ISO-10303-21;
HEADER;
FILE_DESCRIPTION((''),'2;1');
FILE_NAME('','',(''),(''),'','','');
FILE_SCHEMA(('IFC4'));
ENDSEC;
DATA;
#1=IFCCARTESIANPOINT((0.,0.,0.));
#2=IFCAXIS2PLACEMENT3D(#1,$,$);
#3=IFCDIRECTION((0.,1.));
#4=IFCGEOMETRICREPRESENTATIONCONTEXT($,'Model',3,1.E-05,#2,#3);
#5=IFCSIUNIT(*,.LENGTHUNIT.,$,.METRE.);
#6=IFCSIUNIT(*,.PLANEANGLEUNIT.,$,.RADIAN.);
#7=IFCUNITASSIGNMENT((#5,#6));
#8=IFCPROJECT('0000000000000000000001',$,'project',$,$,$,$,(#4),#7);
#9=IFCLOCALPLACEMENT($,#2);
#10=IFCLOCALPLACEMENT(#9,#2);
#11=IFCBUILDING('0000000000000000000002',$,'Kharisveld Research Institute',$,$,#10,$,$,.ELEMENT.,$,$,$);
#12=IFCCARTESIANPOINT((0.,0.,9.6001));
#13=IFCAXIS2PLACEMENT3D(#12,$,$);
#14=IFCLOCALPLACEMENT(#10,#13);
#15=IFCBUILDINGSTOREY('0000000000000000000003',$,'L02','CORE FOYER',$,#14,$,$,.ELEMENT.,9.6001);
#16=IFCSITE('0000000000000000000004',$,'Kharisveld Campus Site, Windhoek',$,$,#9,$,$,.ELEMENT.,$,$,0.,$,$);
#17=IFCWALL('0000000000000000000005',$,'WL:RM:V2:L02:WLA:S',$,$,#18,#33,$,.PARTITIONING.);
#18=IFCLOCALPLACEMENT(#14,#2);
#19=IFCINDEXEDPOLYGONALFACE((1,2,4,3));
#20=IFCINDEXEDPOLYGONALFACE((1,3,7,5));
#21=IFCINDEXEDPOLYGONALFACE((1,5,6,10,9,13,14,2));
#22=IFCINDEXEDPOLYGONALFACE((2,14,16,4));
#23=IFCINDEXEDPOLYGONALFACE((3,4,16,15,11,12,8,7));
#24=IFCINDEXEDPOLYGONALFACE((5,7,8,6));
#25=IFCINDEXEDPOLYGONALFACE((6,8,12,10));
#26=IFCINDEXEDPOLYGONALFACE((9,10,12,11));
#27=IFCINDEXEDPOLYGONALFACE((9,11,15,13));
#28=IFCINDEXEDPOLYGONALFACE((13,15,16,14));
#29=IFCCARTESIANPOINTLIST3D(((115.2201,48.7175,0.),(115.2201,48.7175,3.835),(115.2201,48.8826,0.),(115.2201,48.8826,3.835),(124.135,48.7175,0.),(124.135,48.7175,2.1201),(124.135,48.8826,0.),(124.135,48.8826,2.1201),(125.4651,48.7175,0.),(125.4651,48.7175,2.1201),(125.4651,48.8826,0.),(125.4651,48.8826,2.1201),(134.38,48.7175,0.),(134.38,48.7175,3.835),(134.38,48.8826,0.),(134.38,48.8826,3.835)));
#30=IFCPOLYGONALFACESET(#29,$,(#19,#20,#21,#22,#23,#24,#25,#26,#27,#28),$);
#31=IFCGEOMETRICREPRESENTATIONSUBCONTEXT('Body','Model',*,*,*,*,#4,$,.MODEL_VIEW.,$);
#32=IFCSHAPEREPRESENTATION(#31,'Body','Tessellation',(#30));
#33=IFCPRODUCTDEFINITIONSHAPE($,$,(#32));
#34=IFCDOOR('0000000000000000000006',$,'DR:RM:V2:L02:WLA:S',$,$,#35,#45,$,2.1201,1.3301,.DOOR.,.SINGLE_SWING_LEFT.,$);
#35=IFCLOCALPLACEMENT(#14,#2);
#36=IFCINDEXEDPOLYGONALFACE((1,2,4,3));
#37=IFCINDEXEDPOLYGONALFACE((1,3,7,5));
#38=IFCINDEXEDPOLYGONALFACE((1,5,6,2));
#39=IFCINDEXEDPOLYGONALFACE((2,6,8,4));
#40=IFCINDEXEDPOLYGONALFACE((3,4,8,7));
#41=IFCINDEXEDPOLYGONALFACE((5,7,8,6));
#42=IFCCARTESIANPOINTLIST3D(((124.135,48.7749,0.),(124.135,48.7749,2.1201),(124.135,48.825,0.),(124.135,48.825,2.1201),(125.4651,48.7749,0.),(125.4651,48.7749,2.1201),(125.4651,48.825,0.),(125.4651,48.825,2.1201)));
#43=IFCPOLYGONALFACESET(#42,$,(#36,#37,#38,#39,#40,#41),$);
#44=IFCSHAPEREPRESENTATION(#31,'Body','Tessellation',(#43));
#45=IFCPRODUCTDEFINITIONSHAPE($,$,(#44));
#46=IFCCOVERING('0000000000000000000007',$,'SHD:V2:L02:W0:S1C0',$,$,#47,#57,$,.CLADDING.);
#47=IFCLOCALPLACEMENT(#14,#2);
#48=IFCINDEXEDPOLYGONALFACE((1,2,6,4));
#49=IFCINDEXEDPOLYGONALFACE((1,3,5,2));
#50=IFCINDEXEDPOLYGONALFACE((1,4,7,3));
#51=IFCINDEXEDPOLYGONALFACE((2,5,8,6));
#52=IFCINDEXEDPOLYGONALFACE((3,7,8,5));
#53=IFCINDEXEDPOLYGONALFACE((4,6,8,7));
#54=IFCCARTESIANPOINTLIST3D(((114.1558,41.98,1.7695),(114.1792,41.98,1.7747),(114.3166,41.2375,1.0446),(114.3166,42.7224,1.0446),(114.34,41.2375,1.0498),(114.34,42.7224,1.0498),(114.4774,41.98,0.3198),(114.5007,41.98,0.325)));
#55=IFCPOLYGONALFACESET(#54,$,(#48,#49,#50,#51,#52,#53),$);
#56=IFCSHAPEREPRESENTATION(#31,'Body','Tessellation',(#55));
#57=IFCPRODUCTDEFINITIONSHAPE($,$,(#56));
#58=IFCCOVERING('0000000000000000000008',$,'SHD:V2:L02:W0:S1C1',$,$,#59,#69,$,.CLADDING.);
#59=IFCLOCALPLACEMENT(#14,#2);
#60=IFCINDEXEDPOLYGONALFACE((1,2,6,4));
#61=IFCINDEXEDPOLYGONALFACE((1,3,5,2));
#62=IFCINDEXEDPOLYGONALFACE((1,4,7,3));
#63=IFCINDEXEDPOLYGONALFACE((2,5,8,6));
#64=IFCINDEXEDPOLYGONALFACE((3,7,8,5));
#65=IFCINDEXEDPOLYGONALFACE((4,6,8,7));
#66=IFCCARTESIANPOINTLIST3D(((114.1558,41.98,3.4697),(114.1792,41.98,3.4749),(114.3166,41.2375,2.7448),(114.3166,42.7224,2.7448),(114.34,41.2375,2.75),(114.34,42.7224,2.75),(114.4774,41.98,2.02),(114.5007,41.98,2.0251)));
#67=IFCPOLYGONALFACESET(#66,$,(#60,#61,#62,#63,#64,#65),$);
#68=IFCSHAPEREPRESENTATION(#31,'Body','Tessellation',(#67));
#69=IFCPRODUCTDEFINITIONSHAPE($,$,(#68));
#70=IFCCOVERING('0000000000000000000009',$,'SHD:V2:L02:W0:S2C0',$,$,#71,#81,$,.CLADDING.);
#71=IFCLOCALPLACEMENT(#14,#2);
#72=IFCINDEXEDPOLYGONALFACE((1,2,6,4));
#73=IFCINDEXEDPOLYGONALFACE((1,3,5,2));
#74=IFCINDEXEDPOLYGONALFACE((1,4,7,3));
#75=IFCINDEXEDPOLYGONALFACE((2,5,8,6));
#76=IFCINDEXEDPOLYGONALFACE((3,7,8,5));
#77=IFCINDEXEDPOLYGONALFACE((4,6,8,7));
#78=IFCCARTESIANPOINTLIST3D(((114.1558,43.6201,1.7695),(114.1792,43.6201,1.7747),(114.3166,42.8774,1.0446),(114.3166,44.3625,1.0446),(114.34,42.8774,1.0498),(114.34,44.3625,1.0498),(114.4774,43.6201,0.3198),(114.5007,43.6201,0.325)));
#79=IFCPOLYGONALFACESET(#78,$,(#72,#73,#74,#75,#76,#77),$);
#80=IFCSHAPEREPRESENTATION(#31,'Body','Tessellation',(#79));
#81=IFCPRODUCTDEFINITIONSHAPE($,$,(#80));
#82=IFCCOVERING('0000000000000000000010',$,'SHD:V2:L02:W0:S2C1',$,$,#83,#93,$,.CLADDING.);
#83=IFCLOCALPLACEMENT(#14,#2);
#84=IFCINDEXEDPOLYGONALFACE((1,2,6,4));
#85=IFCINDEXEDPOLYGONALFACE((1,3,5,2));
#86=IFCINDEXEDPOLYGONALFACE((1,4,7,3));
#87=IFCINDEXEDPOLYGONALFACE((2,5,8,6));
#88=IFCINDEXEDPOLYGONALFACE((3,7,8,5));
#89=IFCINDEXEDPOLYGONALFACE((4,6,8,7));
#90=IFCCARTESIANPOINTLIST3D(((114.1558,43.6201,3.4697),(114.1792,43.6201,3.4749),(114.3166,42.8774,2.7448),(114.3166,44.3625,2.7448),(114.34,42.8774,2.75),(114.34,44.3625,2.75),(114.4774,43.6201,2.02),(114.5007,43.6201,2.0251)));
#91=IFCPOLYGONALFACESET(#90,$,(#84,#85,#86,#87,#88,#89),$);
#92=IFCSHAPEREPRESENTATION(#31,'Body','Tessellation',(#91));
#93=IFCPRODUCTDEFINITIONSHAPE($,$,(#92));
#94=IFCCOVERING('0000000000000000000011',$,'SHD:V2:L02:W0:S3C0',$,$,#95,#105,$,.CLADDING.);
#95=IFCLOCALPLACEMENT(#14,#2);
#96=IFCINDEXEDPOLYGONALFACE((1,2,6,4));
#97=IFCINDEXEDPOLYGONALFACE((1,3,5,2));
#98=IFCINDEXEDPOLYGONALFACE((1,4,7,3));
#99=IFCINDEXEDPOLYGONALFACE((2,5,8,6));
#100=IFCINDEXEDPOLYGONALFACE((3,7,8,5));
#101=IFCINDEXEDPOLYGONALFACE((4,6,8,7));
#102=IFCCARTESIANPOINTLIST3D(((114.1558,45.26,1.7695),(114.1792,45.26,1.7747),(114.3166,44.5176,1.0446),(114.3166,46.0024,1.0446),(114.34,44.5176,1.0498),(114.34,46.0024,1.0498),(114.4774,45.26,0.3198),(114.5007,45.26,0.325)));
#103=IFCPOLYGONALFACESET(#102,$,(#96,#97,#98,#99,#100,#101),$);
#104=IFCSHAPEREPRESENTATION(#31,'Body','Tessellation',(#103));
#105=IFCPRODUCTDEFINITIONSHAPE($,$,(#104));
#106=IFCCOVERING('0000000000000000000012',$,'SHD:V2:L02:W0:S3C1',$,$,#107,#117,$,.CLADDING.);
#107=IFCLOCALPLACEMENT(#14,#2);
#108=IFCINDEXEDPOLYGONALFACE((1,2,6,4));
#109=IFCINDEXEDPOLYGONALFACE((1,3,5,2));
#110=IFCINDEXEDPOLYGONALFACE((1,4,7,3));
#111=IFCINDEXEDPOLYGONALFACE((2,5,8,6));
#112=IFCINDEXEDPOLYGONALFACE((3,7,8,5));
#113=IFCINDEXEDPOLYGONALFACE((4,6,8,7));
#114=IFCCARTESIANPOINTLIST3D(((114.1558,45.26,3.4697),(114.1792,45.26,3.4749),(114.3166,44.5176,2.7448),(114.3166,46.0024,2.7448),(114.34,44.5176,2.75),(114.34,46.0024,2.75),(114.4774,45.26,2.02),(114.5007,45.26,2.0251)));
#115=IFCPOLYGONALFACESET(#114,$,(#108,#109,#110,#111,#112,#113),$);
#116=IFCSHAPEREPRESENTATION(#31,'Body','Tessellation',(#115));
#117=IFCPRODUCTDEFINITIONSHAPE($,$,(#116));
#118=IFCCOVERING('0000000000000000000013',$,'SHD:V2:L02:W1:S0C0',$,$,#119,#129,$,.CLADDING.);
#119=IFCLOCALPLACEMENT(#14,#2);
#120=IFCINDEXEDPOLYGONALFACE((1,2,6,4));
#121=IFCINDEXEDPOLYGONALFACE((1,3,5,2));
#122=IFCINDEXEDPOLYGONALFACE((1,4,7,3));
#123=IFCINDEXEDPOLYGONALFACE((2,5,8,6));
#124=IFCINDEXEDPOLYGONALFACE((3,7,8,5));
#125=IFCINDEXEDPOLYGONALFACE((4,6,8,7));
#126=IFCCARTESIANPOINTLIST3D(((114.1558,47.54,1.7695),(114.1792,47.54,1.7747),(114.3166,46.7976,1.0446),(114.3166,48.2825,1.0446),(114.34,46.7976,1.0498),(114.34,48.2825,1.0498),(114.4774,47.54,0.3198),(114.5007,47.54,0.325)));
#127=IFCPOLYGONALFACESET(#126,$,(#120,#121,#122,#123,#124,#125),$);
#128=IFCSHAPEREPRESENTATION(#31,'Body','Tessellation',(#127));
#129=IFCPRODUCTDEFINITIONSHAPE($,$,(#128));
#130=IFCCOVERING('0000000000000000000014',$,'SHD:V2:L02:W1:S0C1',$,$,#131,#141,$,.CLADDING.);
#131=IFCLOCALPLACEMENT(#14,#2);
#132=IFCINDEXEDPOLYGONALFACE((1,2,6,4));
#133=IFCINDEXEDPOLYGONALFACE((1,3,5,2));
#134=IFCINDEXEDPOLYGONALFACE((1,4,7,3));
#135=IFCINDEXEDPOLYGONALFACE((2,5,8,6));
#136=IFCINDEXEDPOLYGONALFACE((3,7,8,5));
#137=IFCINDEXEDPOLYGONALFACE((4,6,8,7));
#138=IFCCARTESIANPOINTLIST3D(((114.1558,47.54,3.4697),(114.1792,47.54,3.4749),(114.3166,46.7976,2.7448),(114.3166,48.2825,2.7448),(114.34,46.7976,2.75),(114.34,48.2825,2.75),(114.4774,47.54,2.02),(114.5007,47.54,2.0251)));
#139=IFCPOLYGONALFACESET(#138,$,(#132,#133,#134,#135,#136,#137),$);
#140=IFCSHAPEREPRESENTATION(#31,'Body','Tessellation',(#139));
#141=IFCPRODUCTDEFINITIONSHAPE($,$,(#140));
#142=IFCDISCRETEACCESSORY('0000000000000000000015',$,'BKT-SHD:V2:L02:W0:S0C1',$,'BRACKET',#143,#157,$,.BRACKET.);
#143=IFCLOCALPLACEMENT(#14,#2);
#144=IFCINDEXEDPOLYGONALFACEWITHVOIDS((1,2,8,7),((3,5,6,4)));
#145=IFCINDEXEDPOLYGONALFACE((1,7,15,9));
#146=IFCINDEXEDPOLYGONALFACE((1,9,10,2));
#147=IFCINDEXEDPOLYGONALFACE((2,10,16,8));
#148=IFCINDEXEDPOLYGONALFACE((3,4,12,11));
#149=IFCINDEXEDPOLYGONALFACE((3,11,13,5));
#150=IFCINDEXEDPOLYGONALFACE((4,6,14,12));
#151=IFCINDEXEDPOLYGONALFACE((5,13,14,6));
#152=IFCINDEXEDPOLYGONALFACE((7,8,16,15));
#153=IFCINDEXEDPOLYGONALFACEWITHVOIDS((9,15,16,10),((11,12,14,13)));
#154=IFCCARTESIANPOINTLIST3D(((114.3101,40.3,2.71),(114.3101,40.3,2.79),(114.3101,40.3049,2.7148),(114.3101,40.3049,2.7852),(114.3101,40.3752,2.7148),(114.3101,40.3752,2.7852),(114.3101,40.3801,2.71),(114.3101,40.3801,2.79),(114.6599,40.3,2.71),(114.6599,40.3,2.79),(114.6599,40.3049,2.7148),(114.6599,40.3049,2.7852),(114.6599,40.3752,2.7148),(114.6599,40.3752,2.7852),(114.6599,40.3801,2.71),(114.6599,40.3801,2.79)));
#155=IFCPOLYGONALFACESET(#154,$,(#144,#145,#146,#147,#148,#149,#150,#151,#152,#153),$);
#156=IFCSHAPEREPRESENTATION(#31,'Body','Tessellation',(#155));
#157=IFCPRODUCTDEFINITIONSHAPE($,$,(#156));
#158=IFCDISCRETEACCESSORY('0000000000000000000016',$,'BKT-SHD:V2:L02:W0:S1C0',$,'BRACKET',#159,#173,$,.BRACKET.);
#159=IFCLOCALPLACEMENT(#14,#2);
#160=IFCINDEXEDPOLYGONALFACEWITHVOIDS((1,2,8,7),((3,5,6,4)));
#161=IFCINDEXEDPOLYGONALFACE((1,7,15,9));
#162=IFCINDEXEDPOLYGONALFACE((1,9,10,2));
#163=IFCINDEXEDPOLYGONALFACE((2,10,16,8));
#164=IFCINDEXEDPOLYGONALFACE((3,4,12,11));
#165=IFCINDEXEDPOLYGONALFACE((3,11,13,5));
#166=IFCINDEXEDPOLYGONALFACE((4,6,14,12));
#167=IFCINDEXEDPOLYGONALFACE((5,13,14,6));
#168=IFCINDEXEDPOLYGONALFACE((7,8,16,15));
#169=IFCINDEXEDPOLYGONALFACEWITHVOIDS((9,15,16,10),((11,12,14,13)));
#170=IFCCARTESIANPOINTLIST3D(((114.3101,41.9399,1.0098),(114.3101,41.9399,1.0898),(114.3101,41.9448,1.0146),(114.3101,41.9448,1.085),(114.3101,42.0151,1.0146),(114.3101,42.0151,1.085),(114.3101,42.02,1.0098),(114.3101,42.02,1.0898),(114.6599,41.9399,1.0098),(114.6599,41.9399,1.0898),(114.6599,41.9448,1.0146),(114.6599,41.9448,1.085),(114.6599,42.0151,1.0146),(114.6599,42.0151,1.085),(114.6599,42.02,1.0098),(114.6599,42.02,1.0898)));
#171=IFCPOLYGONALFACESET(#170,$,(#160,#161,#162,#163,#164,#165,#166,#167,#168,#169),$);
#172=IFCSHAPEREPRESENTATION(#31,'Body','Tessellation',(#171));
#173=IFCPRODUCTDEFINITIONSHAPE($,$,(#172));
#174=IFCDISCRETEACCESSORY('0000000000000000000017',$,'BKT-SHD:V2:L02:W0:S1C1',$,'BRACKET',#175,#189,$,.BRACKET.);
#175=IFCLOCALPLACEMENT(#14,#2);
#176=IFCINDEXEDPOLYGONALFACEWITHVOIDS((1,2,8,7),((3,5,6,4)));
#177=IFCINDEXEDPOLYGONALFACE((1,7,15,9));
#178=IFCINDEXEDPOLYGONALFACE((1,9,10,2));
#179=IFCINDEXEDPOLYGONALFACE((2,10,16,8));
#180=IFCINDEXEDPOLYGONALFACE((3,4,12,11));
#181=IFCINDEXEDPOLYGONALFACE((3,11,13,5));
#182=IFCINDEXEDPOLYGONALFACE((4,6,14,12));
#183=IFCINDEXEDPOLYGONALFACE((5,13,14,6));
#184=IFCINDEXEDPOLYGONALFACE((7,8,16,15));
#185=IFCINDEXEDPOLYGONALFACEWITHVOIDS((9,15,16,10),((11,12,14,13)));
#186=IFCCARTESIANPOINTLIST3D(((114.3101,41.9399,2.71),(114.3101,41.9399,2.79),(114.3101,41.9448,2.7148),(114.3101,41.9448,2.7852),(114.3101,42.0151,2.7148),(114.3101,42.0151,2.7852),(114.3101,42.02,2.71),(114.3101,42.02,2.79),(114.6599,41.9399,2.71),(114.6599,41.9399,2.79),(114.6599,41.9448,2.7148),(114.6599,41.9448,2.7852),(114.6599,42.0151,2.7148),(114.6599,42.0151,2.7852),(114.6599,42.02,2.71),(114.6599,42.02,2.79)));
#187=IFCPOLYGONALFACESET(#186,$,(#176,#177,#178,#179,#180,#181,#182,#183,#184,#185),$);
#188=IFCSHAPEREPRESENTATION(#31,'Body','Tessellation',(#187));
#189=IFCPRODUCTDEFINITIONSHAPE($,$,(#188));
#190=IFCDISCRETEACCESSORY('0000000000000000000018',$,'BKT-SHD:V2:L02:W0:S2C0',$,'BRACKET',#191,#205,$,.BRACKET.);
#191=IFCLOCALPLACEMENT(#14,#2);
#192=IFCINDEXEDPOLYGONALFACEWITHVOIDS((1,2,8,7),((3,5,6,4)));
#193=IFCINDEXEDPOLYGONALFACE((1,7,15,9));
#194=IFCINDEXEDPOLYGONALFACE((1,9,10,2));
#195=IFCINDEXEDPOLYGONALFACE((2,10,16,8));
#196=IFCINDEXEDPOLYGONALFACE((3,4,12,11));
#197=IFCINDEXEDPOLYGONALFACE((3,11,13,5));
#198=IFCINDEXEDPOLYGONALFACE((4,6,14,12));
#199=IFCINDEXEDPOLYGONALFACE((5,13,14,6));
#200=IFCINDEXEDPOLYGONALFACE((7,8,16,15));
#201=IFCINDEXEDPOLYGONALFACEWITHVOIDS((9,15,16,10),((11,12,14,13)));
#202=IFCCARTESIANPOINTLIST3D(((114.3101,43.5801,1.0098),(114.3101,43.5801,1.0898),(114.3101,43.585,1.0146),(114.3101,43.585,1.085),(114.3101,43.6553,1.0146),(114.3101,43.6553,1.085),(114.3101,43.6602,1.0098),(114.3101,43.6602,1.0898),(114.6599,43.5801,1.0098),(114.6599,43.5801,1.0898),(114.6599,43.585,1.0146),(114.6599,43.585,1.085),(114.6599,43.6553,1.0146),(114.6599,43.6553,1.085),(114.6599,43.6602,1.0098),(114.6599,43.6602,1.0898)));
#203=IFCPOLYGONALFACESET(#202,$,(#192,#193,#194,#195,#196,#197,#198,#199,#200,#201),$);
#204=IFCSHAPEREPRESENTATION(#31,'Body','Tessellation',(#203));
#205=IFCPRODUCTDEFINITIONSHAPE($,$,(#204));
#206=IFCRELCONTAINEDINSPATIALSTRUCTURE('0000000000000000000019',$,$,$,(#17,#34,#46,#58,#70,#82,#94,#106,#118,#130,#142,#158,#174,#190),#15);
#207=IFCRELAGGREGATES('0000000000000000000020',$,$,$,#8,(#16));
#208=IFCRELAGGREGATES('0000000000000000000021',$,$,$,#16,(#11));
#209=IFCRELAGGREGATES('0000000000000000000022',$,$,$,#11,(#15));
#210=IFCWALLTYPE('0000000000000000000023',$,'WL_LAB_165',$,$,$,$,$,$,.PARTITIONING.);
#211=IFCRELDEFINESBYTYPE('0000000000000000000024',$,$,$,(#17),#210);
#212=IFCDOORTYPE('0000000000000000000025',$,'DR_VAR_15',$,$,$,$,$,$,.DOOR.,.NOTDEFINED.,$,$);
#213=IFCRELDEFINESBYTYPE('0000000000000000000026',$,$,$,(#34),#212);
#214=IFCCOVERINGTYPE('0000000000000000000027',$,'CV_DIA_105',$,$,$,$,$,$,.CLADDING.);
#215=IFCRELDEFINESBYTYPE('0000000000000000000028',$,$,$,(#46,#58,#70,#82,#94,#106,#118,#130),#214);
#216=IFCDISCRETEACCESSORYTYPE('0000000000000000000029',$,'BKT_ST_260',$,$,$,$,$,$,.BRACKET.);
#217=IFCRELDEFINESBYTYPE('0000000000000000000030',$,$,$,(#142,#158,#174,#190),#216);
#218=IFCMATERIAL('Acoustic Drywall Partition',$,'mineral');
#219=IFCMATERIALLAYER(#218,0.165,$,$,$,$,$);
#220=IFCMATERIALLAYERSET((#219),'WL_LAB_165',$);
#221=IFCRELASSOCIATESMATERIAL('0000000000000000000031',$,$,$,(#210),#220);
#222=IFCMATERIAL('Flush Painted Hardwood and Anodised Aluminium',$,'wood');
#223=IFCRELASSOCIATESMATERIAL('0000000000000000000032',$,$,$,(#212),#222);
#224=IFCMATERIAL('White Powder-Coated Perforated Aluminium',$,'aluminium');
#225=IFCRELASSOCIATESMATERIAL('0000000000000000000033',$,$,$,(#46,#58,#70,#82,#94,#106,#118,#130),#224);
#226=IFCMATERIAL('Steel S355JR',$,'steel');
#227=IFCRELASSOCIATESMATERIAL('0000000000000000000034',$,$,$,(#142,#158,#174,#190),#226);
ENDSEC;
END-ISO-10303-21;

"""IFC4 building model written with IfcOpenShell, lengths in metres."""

from ifc_helpers import new_model, si_unit, direction, frame, frame_2d, origin, origin_2d, place, context, subcontext, project, spatial, polyline, rectangle, hollow_rectangle, outline, extrude, material, layer, layer_set, type_object, element, fill, save


model = new_model("IFC4")

# Units and contexts
model_context = context("Model", 3, precision=1e-05, world=origin(), true_north=direction((0.0, 1.0)))
body_context = subcontext(model_context, "Body", "Model", "MODEL_VIEW")
ifc_project = project(units=[si_unit("LENGTHUNIT", "METRE"), si_unit("PLANEANGLEUNIT", "RADIAN")], contexts=[model_context])

# Site, building, storey
site_placement = place(None, origin())
site = spatial("IfcSite", under=ifc_project, at=site_placement, Name="Kharisveld Campus Site, Windhoek", CompositionType="ELEMENT", RefElevation=0.0)
building_placement = place(site_placement, origin())
building = spatial("IfcBuilding", under=site, at=building_placement, Name="Kharisveld Research Institute", CompositionType="ELEMENT")
storey_placement = place(building_placement, frame((0.0, 0.0, 9.6001)))
storey = spatial("IfcBuildingStorey", under=building, at=storey_placement, Name="L02", Description="CORE FOYER", CompositionType="ELEMENT", Elevation=9.6001)

# Wall, opening, door
ifc_material_1 = material(Name="Acoustic Drywall Partition", Category="mineral")
ifc_layer_1 = layer(ifc_material_1, 0.165)
ifc_layer_set_1 = layer_set([ifc_layer_1], Name="WL_LAB_165")
wall_type_1 = type_object("IfcWallType", Name="WL_LAB_165", PredefinedType="PARTITIONING", material=ifc_layer_set_1)
wall_1_placement = place(storey_placement, frame((115.22, 48.8, 0.0), z_axis=(0.0, 0.0, 1.0), x_axis=(1.0, 0.0, 0.0)))
wall_1 = element("IfcWall", 1, at=wall_1_placement, inside=storey, type_object=wall_type_1, Name="WL:RM:V2:L02:WLA:S", PredefinedType="PARTITIONING", context=body_context, shape_type="SweptSolid", body=[
    extrude(rectangle(XDim=19.1599, YDim=0.165, at=frame_2d((9.5801, 0.0))), origin(), (0.0, 0.0, 1.0), 3.835),
])
opening_1_placement = place(wall_1_placement, frame((8.915, 0.0, 0.0)))
opening_1 = element("IfcOpeningElement", 2, at=opening_1_placement, cuts=wall_1, PredefinedType="OPENING", context=body_context, shape_type="SweptSolid", body=[
    extrude(rectangle(XDim=1.3301, YDim=2.1201, at=frame_2d((0.665, 1.0601))), frame((0.0, 0.0825, 0.0), z_axis=(0.0, -1.0, 0.0), x_axis=(1.0, 0.0, 0.0)), (0.0, 0.0, 1.0), 0.165),
])
ifc_material_2 = material(Name="Flush Painted Hardwood and Anodised Aluminium", Category="wood")
door_type = type_object("IfcDoorType", Name="DR_VAR_15", OperationType="NOTDEFINED", PredefinedType="DOOR", material=ifc_material_2)
door_placement = place(opening_1_placement, origin())
door = element("IfcDoor", 3, at=door_placement, inside=storey, type_object=door_type, Name="DR:RM:V2:L02:WLA:S", OperationType="SINGLE_SWING_LEFT", OverallHeight=2.1201, OverallWidth=1.3301, PredefinedType="DOOR", context=body_context, shape_type="SweptSolid", body=[
    extrude(rectangle(XDim=1.3301, YDim=2.1201, at=frame_2d((0.665, 1.0601))), frame((0.0, 0.0249, 0.0), z_axis=(0.0, -1.0, 0.0), x_axis=(1.0, 0.0, 0.0)), (0.0, 0.0, 1.0), 0.05),
])
fill(opening_1, door)

# Coverings
ifc_material_3 = material(Name="White Powder-Coated Perforated Aluminium", Category="aluminium")
covering_type = type_object("IfcCoveringType", Name="CV_DIA_105", PredefinedType="CLADDING")
for number, where, z_axis, x_axis, name in (
    (4, (114.5007, 41.98, 0.325), (0.976276, 0.0, 0.21653), (-0.153111, 0.707102, 0.690336), "SHD:V2:L02:W0:S1C0"),
    (5, (114.5007, 41.98, 2.0251), (0.976276, 0.0, 0.21653), (-0.153111, 0.707102, 0.690336), "SHD:V2:L02:W0:S1C1"),
):
    element("IfcCovering", number, at=place(storey_placement, frame(where, z_axis=z_axis, x_axis=x_axis)), inside=storey, type_object=covering_type, material=ifc_material_3, Name=name, PredefinedType="CLADDING", context=body_context, shape_type="SweptSolid", body=[
        extrude(outline(polyline([(0.0, 0.0), (1.05, 0.0), (1.05, 1.05), (0.0, 1.05), (0.0, 0.0)])), origin(), (0.0, 0.0, -1.0), 0.0239),
    ])
for number, where, z_axis, x_axis, name in (
    (6, (114.5007, 43.6201, 0.325), (0.976276, 0.0, 0.21653), (-0.153111, 0.707102, 0.690336), "SHD:V2:L02:W0:S2C0"),
    (7, (114.5007, 43.6201, 2.0251), (0.976276, 0.0, 0.21653), (-0.153111, 0.707102, 0.690336), "SHD:V2:L02:W0:S2C1"),
):
    element("IfcCovering", number, at=place(storey_placement, frame(where, z_axis=z_axis, x_axis=x_axis)), inside=storey, type_object=covering_type, material=ifc_material_3, Name=name, PredefinedType="CLADDING", context=body_context, shape_type="SweptSolid", body=[
        extrude(outline(polyline([(0.0, 0.0), (1.05, 0.0), (1.05, 1.05), (-0.0002, 1.0501), (0.0, 0.0)])), origin(), (0.0, 0.0, -1.0), 0.0239),
    ])
for number, where, z_axis, x_axis, name in (
    (8, (114.5007, 45.26, 0.325), (0.976276, 0.0, 0.21653), (-0.153111, 0.707102, 0.690336), "SHD:V2:L02:W0:S3C0"),
    (9, (114.5007, 45.26, 2.0251), (0.976276, 0.0, 0.21653), (-0.153111, 0.707102, 0.690336), "SHD:V2:L02:W0:S3C1"),
    (10, (114.5007, 47.54, 0.325), (0.976276, 0.0, 0.21653), (-0.153111, 0.707102, 0.690336), "SHD:V2:L02:W1:S0C0"),
    (11, (114.5007, 47.54, 2.0251), (0.976276, 0.0, 0.21653), (-0.153111, 0.707102, 0.690336), "SHD:V2:L02:W1:S0C1"),
):
    element("IfcCovering", number, at=place(storey_placement, frame(where, z_axis=z_axis, x_axis=x_axis)), inside=storey, type_object=covering_type, material=ifc_material_3, Name=name, PredefinedType="CLADDING", context=body_context, shape_type="SweptSolid", body=[
        extrude(outline(polyline([(0.0, 0.0), (1.05, 0.0), (1.05, 1.05), (0.0, 1.05), (0.0, 0.0)])), origin(), (0.0, 0.0, -1.0), 0.0239),
    ])

# Discrete accessories
ifc_material_4 = material(Name="Steel S355JR", Category="steel")
discrete_accessory_type = type_object("IfcDiscreteAccessoryType", Name="BKT_ST_260", PredefinedType="BRACKET")
for number, where, z_axis, x_axis, name in (
    (12, (114.6599, 40.3401, 2.75), (-1.0, 0.0, 0.0), (0.0, -1.0, 0.0), "BKT-SHD:V2:L02:W0:S0C1"),
    (13, (114.6599, 41.98, 1.0498), (-1.0, 0.0, 0.0), (0.0, -1.0, 0.0), "BKT-SHD:V2:L02:W0:S1C0"),
    (14, (114.6599, 41.98, 2.75), (-1.0, 0.0, 0.0), (0.0, -1.0, 0.0), "BKT-SHD:V2:L02:W0:S1C1"),
    (15, (114.6599, 43.6201, 1.0498), (-1.0, 0.0, 0.0), (0.0, -1.0, 0.0), "BKT-SHD:V2:L02:W0:S2C0"),
):
    element("IfcDiscreteAccessory", number, at=place(storey_placement, frame(where, z_axis=z_axis, x_axis=x_axis)), inside=storey, type_object=discrete_accessory_type, material=ifc_material_4, Name=name, ObjectType="BRACKET", PredefinedType="BRACKET", context=body_context, shape_type="SweptSolid", body=[
        extrude(hollow_rectangle(XDim=0.0801, YDim=0.0801, WallThickness=0.0049, at=origin_2d()), origin(), (0.0, 0.0, 1.0), 0.3499),
    ])

save(model, "model.ifc")
